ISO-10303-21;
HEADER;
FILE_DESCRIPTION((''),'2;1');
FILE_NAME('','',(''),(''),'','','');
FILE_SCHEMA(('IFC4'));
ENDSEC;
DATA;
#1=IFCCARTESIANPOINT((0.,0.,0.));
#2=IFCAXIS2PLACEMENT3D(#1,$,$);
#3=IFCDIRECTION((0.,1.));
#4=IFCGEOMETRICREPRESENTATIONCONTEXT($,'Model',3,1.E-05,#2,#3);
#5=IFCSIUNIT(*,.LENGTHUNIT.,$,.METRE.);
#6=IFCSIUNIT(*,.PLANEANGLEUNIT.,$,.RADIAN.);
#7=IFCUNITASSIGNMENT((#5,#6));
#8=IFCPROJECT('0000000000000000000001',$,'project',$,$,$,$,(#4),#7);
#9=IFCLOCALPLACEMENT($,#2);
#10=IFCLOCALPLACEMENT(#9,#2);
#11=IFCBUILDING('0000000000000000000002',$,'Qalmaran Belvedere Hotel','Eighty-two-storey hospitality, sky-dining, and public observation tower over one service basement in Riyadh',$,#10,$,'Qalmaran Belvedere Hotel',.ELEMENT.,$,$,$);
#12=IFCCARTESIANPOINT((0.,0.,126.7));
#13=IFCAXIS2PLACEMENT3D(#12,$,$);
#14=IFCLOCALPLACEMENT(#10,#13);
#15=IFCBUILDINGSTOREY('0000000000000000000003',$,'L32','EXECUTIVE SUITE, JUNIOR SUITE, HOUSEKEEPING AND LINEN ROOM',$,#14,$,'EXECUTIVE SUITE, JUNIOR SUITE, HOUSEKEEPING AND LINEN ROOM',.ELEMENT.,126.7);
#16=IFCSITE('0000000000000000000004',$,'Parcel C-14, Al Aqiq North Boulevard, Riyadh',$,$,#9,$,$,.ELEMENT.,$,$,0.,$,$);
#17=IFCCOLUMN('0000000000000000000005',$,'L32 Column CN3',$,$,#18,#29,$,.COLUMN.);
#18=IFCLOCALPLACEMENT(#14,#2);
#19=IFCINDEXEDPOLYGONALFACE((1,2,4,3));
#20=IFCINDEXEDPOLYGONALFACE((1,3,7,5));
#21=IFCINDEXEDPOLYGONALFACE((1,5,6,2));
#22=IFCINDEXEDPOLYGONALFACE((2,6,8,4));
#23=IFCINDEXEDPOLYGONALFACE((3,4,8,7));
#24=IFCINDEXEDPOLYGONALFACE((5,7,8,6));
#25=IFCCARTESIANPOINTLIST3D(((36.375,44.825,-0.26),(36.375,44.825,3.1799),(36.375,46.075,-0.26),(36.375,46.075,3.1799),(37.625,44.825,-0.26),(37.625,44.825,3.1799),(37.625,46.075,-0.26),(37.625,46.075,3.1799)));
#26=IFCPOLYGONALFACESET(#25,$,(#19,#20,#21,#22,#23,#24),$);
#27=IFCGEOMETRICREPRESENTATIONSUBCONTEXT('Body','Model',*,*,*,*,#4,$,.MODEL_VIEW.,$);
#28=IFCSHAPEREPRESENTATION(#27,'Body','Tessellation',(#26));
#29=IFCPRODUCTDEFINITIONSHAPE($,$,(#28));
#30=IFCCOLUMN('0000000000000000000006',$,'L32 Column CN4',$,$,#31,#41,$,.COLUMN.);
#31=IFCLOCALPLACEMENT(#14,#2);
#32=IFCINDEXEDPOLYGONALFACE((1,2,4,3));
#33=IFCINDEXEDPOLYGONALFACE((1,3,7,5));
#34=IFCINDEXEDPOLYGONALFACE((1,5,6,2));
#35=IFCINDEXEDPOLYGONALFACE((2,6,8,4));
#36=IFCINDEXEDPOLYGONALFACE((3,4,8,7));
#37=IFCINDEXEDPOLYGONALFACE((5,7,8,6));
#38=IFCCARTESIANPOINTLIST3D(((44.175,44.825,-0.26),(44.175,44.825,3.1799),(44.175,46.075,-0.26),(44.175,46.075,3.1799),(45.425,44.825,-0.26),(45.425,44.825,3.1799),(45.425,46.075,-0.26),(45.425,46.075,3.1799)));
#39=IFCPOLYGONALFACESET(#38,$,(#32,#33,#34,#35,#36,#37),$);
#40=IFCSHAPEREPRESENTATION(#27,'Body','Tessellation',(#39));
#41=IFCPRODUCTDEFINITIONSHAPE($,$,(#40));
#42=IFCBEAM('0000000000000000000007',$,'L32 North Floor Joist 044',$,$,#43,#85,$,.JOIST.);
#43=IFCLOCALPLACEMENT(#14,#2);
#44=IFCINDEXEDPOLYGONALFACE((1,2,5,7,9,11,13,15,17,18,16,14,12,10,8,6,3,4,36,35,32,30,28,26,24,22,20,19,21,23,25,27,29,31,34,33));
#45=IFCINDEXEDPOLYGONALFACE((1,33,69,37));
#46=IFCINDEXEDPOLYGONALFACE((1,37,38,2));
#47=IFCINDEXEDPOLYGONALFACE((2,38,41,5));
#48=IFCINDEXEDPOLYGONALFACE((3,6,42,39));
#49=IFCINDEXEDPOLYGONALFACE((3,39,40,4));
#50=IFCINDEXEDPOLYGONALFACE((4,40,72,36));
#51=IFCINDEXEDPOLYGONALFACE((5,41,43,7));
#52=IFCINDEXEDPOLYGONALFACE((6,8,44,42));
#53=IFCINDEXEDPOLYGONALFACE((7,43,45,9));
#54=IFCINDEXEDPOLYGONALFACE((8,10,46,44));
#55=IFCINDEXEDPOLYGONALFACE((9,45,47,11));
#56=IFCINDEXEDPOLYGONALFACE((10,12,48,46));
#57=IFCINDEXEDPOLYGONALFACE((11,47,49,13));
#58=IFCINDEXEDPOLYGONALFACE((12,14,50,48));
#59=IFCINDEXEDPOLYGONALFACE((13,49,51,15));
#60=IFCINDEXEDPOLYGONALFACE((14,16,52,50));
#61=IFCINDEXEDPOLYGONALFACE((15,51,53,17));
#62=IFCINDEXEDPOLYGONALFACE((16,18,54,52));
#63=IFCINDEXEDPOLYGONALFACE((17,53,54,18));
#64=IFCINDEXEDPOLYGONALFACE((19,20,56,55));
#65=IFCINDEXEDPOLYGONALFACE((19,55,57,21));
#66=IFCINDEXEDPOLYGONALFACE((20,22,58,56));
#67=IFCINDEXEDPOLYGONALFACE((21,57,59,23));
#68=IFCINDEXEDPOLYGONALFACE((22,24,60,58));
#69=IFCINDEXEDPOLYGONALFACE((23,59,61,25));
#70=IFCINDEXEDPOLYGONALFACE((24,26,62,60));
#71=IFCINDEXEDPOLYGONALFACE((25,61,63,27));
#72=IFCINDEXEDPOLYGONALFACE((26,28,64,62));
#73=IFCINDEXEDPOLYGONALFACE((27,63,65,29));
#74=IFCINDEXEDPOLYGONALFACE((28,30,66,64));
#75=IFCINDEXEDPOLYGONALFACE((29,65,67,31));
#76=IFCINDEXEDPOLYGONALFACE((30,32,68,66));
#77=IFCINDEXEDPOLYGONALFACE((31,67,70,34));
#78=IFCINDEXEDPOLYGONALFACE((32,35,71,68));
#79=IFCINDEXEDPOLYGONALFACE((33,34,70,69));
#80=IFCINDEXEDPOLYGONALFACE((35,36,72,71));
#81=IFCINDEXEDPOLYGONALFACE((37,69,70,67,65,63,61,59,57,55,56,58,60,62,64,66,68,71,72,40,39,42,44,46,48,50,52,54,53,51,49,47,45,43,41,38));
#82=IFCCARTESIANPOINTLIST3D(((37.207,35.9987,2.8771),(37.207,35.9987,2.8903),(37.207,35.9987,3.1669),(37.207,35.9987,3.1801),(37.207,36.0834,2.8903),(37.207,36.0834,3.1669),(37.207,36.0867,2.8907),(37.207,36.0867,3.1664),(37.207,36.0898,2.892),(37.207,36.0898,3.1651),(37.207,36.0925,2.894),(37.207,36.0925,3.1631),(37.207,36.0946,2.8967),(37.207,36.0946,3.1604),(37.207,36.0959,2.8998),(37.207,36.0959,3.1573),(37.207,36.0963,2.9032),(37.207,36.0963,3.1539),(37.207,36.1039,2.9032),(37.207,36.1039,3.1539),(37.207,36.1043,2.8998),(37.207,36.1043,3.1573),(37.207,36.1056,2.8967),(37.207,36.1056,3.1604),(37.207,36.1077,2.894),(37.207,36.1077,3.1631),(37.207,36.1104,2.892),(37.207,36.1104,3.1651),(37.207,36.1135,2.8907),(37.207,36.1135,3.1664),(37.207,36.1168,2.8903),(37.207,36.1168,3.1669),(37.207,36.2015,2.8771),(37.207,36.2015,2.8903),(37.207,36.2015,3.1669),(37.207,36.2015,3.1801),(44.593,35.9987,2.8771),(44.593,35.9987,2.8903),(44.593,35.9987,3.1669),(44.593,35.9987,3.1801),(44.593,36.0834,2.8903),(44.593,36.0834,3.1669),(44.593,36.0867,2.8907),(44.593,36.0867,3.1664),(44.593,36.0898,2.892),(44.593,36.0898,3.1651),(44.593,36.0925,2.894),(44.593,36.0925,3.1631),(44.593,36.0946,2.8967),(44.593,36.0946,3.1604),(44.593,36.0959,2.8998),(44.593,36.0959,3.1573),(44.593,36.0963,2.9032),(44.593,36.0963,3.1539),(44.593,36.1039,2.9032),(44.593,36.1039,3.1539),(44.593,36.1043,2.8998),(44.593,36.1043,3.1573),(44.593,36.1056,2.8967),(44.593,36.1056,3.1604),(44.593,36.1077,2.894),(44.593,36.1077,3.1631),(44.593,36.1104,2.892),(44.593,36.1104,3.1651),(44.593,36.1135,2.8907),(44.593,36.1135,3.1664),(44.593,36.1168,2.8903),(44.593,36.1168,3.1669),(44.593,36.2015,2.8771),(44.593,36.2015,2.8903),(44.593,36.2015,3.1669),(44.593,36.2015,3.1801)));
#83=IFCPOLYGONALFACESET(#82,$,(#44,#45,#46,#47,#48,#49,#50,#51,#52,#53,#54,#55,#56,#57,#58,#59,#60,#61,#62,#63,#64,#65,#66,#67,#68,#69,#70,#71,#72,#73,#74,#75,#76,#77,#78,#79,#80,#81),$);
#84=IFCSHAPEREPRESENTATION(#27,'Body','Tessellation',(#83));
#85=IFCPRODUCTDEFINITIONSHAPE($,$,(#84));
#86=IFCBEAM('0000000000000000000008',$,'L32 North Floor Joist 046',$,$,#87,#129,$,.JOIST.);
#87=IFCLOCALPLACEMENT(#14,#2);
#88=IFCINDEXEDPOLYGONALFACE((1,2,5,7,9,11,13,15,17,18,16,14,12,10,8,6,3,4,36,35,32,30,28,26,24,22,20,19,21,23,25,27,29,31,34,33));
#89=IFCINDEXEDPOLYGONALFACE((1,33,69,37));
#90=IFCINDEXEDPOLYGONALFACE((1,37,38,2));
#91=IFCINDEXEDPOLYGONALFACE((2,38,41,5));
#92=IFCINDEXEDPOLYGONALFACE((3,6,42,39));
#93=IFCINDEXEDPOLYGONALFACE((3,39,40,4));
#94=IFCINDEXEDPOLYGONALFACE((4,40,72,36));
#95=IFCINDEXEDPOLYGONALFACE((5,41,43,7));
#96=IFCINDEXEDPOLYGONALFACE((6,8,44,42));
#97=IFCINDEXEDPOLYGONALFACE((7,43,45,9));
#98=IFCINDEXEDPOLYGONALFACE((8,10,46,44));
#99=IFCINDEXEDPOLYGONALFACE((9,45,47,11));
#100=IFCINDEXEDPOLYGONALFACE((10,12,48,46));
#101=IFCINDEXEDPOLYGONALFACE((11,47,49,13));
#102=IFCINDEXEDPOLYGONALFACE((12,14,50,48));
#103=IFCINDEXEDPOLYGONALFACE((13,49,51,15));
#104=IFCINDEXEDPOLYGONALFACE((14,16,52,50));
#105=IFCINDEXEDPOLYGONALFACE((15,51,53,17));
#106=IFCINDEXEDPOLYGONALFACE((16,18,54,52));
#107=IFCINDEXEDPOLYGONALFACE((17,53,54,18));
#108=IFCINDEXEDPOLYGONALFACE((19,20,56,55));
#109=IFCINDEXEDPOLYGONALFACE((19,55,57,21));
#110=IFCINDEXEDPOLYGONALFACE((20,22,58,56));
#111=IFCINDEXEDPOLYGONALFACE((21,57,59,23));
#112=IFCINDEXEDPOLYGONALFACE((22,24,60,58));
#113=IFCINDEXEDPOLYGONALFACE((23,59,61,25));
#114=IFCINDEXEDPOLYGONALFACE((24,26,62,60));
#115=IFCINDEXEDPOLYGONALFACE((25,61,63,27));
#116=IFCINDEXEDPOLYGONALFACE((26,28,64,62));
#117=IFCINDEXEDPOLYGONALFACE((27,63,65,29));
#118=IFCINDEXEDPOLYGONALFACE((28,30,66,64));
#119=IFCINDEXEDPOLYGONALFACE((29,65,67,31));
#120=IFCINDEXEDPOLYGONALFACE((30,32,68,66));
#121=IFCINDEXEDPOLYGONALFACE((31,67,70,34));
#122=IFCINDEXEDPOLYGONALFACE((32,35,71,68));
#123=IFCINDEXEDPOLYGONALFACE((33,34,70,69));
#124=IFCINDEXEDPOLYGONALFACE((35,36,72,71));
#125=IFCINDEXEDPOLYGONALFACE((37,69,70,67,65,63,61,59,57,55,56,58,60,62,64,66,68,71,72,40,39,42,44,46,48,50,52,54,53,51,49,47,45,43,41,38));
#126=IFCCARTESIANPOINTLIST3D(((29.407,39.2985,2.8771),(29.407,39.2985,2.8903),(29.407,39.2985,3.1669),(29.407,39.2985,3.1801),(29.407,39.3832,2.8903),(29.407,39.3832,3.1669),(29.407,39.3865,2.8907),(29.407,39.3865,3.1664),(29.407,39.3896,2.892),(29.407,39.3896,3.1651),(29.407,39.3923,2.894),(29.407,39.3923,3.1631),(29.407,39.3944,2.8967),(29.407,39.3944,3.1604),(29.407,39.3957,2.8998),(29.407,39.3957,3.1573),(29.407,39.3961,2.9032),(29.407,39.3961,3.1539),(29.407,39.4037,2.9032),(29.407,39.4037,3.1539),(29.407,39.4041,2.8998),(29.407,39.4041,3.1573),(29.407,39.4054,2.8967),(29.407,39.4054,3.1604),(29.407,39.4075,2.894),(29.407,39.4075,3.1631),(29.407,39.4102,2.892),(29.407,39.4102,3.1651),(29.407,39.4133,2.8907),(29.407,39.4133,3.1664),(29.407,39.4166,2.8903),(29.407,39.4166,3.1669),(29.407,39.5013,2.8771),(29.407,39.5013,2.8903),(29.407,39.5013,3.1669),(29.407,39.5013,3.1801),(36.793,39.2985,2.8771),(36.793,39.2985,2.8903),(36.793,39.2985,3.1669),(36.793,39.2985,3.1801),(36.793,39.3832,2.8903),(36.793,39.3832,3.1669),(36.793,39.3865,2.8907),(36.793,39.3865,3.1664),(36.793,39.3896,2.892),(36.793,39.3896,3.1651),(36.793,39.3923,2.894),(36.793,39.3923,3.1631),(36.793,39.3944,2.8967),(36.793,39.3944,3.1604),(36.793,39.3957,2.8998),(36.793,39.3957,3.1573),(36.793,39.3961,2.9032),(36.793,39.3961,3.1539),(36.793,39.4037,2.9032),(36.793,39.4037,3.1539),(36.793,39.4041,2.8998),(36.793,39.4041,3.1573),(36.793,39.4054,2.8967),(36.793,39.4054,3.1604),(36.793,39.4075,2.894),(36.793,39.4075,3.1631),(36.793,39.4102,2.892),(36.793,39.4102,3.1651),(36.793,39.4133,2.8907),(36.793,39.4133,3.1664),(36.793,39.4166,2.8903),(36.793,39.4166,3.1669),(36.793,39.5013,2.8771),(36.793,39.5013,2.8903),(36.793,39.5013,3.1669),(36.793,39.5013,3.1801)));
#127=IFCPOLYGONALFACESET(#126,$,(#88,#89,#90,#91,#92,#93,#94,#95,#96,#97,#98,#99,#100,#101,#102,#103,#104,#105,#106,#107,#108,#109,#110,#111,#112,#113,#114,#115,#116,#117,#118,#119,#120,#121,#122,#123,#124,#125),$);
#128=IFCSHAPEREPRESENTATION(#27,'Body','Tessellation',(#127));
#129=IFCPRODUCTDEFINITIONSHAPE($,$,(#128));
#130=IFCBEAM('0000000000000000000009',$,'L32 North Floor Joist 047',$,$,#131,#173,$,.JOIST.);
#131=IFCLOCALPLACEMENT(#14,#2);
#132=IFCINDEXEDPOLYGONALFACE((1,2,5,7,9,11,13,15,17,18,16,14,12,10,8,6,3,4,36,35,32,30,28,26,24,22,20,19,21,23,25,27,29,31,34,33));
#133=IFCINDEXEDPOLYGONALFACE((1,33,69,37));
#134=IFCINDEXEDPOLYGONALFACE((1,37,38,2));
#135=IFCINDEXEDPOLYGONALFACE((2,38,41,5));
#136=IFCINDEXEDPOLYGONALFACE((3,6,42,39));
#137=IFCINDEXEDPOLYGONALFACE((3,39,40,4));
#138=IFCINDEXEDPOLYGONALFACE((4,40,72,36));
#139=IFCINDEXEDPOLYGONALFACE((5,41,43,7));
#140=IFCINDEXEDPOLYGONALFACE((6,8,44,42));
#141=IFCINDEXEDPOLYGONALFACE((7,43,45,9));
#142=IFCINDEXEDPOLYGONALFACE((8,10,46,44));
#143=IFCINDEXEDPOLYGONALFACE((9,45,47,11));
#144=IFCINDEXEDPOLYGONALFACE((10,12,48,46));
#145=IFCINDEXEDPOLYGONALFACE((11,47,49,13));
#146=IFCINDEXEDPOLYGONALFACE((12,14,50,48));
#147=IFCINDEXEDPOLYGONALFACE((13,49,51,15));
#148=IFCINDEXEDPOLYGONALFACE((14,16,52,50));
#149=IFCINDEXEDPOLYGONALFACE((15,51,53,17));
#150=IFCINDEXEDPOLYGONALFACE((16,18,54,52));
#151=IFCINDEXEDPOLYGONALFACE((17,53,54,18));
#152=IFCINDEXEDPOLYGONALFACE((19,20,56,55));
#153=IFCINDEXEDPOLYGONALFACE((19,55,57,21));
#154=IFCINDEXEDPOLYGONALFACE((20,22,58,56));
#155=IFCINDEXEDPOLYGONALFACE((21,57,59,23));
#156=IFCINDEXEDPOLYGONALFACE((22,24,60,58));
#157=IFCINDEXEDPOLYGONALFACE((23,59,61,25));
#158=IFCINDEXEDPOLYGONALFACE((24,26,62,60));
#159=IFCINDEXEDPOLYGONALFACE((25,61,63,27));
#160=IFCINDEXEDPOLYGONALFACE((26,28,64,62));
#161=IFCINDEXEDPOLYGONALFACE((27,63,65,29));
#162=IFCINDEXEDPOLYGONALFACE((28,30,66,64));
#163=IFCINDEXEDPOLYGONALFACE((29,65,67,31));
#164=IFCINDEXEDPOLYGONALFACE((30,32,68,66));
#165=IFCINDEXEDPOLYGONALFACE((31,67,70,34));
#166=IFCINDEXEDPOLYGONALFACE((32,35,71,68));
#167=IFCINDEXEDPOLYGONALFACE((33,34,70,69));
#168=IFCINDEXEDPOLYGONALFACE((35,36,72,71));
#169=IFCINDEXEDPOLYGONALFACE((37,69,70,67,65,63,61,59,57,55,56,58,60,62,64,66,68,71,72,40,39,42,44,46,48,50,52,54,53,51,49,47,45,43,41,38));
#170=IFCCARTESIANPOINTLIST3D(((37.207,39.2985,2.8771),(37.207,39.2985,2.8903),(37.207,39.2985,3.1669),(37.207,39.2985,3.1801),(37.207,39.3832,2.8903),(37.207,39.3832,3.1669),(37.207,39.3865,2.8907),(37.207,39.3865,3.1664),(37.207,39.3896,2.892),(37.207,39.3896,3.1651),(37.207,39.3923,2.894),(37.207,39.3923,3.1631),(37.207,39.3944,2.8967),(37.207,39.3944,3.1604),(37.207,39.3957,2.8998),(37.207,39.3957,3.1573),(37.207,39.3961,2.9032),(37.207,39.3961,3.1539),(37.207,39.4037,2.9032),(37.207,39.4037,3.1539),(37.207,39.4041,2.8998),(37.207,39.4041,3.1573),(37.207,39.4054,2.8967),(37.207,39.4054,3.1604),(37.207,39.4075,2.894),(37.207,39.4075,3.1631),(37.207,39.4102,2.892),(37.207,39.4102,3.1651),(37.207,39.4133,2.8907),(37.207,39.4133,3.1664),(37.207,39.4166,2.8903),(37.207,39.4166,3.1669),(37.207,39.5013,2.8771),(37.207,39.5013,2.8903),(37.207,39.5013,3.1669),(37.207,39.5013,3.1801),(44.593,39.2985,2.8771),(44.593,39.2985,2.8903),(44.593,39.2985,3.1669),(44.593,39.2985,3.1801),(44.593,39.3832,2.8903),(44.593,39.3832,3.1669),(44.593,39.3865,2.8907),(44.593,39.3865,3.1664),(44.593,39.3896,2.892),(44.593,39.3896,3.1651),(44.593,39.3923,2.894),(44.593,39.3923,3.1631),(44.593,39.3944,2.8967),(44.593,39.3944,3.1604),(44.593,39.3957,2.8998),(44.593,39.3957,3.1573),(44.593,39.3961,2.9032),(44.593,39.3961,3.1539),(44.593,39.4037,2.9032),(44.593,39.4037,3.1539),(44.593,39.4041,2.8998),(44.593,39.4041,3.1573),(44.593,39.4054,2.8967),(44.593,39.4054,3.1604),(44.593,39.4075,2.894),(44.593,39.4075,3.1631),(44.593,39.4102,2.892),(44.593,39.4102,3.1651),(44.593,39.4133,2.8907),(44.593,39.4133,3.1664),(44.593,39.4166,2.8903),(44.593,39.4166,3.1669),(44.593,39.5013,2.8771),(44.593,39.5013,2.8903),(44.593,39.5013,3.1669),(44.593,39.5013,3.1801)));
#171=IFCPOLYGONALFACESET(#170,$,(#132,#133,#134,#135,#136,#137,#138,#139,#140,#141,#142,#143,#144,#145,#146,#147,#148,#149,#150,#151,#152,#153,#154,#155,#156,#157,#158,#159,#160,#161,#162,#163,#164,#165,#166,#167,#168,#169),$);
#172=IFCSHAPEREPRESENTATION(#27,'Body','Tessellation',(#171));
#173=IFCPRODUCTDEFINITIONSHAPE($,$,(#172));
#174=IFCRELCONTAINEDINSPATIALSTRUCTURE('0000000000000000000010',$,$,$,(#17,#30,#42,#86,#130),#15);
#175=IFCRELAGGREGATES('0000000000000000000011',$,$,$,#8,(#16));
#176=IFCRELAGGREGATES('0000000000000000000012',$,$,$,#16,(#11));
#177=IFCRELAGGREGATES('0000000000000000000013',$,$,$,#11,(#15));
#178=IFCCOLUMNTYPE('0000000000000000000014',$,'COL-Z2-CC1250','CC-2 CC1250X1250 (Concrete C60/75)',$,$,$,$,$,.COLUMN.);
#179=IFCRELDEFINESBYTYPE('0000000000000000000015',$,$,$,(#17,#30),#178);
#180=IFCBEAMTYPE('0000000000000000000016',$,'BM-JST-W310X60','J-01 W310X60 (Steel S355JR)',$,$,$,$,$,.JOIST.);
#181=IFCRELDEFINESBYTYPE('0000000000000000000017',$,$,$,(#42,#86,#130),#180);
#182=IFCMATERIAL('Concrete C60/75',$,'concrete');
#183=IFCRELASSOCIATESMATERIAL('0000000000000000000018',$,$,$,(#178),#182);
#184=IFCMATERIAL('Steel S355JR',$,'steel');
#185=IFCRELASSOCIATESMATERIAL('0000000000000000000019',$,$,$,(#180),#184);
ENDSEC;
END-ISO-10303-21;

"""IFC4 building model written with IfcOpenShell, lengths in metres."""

from ifc_helpers import new_model, si_unit, direction, frame, origin, origin_2d, place, context, subcontext, project, spatial, rectangle, i_section, extrude, material, material_profile, profile_set, type_object, element, save


model = new_model("IFC4")

# Units and contexts
model_context = context("Model", 3, precision=1e-05, world=origin(), true_north=direction((0.0, 1.0)))
body_context = subcontext(model_context, "Body", "Model", "MODEL_VIEW")
ifc_project = project(units=[si_unit("LENGTHUNIT", "METRE"), si_unit("PLANEANGLEUNIT", "RADIAN")], contexts=[model_context])

# Site, building, storey
site_placement = place(None, origin())
site = spatial("IfcSite", under=ifc_project, at=site_placement, Name="Parcel C-14, Al Aqiq North Boulevard, Riyadh", CompositionType="ELEMENT", RefElevation=0.0)
building_placement = place(site_placement, origin())
building = spatial("IfcBuilding", under=site, at=building_placement, Name="Qalmaran Belvedere Hotel", Description="Eighty-two-storey hospitality, sky-dining, and public observation tower over one service basement in Riyadh", LongName="Qalmaran Belvedere Hotel", CompositionType="ELEMENT")
storey_placement = place(building_placement, frame((0.0, 0.0, 126.7)))
storey = spatial("IfcBuildingStorey", under=building, at=storey_placement, Name="L32", Description="EXECUTIVE SUITE, JUNIOR SUITE, HOUSEKEEPING AND LINEN ROOM", LongName="EXECUTIVE SUITE, JUNIOR SUITE, HOUSEKEEPING AND LINEN ROOM", CompositionType="ELEMENT", Elevation=126.7)

# Columns
ifc_material_1 = material(Name="Concrete C60/75", Category="concrete")
ifc_material_profile_1 = material_profile(ifc_material_1, rectangle(XDim=1.25, YDim=1.25, at=origin_2d()), Name="CC1250X1250")
ifc_profile_set_1 = profile_set([ifc_material_profile_1], Name="Concrete C60/75")
column_type = type_object("IfcColumnType", Name="COL-Z2-CC1250", Description="CC-2 CC1250X1250 (Concrete C60/75)", PredefinedType="COLUMN", material=ifc_profile_set_1)
for number, where, z_axis, x_axis, name in (
    (1, (37.0, 45.45, -0.26), (0.0, 0.0, 1.0), (1.0, 0.0, 0.0), "L32 Column CN3"),
    (2, (44.8, 45.45, -0.26), (0.0, 0.0, 1.0), (1.0, 0.0, 0.0), "L32 Column CN4"),
):
    element("IfcColumn", number, at=place(storey_placement, frame(where, z_axis=z_axis, x_axis=x_axis)), inside=storey, type_object=column_type, Name=name, PredefinedType="COLUMN", context=body_context, shape_type="SweptSolid", body=[
        extrude(rectangle(XDim=1.25, YDim=1.25, at=origin_2d()), origin(), (0.0, 0.0, 1.0), 3.4399),
    ])

# Beams
ifc_material_2 = material(Name="Steel S355JR", Category="steel")
ifc_material_profile_2 = material_profile(ifc_material_2, i_section(OverallWidth=0.2029, OverallDepth=0.303, WebThickness=0.0076, FlangeThickness=0.0132, FilletRadius=0.0129, at=origin_2d()), Name="W310X60")
ifc_profile_set_2 = profile_set([ifc_material_profile_2], Name="Steel S355JR")
beam_type_1 = type_object("IfcBeamType", Name="BM-JST-W310X60", Description="J-01 W310X60 (Steel S355JR)", PredefinedType="JOIST", material=ifc_profile_set_2)
for number, where, z_axis, x_axis, name in (
    (3, (37.207, 36.1001, 3.0286), (1.0, 0.0, 0.0), (0.0, 1.0, 0.0), "L32 North Floor Joist 044"),
    (4, (29.407, 39.3999, 3.0286), (1.0, 0.0, 0.0), (0.0, 1.0, 0.0), "L32 North Floor Joist 046"),
    (5, (37.207, 39.3999, 3.0286), (1.0, 0.0, 0.0), (0.0, 1.0, 0.0), "L32 North Floor Joist 047"),
):
    element("IfcBeam", number, at=place(storey_placement, frame(where, z_axis=z_axis, x_axis=x_axis)), inside=storey, type_object=beam_type_1, Name=name, PredefinedType="JOIST", context=body_context, shape_type="SweptSolid", body=[
        extrude(i_section(OverallWidth=0.2029, OverallDepth=0.303, WebThickness=0.0076, FlangeThickness=0.0132, FilletRadius=0.0129, at=origin_2d()), origin(), (0.0, 0.0, 1.0), 7.386),
    ])

save(model, "model.ifc")
